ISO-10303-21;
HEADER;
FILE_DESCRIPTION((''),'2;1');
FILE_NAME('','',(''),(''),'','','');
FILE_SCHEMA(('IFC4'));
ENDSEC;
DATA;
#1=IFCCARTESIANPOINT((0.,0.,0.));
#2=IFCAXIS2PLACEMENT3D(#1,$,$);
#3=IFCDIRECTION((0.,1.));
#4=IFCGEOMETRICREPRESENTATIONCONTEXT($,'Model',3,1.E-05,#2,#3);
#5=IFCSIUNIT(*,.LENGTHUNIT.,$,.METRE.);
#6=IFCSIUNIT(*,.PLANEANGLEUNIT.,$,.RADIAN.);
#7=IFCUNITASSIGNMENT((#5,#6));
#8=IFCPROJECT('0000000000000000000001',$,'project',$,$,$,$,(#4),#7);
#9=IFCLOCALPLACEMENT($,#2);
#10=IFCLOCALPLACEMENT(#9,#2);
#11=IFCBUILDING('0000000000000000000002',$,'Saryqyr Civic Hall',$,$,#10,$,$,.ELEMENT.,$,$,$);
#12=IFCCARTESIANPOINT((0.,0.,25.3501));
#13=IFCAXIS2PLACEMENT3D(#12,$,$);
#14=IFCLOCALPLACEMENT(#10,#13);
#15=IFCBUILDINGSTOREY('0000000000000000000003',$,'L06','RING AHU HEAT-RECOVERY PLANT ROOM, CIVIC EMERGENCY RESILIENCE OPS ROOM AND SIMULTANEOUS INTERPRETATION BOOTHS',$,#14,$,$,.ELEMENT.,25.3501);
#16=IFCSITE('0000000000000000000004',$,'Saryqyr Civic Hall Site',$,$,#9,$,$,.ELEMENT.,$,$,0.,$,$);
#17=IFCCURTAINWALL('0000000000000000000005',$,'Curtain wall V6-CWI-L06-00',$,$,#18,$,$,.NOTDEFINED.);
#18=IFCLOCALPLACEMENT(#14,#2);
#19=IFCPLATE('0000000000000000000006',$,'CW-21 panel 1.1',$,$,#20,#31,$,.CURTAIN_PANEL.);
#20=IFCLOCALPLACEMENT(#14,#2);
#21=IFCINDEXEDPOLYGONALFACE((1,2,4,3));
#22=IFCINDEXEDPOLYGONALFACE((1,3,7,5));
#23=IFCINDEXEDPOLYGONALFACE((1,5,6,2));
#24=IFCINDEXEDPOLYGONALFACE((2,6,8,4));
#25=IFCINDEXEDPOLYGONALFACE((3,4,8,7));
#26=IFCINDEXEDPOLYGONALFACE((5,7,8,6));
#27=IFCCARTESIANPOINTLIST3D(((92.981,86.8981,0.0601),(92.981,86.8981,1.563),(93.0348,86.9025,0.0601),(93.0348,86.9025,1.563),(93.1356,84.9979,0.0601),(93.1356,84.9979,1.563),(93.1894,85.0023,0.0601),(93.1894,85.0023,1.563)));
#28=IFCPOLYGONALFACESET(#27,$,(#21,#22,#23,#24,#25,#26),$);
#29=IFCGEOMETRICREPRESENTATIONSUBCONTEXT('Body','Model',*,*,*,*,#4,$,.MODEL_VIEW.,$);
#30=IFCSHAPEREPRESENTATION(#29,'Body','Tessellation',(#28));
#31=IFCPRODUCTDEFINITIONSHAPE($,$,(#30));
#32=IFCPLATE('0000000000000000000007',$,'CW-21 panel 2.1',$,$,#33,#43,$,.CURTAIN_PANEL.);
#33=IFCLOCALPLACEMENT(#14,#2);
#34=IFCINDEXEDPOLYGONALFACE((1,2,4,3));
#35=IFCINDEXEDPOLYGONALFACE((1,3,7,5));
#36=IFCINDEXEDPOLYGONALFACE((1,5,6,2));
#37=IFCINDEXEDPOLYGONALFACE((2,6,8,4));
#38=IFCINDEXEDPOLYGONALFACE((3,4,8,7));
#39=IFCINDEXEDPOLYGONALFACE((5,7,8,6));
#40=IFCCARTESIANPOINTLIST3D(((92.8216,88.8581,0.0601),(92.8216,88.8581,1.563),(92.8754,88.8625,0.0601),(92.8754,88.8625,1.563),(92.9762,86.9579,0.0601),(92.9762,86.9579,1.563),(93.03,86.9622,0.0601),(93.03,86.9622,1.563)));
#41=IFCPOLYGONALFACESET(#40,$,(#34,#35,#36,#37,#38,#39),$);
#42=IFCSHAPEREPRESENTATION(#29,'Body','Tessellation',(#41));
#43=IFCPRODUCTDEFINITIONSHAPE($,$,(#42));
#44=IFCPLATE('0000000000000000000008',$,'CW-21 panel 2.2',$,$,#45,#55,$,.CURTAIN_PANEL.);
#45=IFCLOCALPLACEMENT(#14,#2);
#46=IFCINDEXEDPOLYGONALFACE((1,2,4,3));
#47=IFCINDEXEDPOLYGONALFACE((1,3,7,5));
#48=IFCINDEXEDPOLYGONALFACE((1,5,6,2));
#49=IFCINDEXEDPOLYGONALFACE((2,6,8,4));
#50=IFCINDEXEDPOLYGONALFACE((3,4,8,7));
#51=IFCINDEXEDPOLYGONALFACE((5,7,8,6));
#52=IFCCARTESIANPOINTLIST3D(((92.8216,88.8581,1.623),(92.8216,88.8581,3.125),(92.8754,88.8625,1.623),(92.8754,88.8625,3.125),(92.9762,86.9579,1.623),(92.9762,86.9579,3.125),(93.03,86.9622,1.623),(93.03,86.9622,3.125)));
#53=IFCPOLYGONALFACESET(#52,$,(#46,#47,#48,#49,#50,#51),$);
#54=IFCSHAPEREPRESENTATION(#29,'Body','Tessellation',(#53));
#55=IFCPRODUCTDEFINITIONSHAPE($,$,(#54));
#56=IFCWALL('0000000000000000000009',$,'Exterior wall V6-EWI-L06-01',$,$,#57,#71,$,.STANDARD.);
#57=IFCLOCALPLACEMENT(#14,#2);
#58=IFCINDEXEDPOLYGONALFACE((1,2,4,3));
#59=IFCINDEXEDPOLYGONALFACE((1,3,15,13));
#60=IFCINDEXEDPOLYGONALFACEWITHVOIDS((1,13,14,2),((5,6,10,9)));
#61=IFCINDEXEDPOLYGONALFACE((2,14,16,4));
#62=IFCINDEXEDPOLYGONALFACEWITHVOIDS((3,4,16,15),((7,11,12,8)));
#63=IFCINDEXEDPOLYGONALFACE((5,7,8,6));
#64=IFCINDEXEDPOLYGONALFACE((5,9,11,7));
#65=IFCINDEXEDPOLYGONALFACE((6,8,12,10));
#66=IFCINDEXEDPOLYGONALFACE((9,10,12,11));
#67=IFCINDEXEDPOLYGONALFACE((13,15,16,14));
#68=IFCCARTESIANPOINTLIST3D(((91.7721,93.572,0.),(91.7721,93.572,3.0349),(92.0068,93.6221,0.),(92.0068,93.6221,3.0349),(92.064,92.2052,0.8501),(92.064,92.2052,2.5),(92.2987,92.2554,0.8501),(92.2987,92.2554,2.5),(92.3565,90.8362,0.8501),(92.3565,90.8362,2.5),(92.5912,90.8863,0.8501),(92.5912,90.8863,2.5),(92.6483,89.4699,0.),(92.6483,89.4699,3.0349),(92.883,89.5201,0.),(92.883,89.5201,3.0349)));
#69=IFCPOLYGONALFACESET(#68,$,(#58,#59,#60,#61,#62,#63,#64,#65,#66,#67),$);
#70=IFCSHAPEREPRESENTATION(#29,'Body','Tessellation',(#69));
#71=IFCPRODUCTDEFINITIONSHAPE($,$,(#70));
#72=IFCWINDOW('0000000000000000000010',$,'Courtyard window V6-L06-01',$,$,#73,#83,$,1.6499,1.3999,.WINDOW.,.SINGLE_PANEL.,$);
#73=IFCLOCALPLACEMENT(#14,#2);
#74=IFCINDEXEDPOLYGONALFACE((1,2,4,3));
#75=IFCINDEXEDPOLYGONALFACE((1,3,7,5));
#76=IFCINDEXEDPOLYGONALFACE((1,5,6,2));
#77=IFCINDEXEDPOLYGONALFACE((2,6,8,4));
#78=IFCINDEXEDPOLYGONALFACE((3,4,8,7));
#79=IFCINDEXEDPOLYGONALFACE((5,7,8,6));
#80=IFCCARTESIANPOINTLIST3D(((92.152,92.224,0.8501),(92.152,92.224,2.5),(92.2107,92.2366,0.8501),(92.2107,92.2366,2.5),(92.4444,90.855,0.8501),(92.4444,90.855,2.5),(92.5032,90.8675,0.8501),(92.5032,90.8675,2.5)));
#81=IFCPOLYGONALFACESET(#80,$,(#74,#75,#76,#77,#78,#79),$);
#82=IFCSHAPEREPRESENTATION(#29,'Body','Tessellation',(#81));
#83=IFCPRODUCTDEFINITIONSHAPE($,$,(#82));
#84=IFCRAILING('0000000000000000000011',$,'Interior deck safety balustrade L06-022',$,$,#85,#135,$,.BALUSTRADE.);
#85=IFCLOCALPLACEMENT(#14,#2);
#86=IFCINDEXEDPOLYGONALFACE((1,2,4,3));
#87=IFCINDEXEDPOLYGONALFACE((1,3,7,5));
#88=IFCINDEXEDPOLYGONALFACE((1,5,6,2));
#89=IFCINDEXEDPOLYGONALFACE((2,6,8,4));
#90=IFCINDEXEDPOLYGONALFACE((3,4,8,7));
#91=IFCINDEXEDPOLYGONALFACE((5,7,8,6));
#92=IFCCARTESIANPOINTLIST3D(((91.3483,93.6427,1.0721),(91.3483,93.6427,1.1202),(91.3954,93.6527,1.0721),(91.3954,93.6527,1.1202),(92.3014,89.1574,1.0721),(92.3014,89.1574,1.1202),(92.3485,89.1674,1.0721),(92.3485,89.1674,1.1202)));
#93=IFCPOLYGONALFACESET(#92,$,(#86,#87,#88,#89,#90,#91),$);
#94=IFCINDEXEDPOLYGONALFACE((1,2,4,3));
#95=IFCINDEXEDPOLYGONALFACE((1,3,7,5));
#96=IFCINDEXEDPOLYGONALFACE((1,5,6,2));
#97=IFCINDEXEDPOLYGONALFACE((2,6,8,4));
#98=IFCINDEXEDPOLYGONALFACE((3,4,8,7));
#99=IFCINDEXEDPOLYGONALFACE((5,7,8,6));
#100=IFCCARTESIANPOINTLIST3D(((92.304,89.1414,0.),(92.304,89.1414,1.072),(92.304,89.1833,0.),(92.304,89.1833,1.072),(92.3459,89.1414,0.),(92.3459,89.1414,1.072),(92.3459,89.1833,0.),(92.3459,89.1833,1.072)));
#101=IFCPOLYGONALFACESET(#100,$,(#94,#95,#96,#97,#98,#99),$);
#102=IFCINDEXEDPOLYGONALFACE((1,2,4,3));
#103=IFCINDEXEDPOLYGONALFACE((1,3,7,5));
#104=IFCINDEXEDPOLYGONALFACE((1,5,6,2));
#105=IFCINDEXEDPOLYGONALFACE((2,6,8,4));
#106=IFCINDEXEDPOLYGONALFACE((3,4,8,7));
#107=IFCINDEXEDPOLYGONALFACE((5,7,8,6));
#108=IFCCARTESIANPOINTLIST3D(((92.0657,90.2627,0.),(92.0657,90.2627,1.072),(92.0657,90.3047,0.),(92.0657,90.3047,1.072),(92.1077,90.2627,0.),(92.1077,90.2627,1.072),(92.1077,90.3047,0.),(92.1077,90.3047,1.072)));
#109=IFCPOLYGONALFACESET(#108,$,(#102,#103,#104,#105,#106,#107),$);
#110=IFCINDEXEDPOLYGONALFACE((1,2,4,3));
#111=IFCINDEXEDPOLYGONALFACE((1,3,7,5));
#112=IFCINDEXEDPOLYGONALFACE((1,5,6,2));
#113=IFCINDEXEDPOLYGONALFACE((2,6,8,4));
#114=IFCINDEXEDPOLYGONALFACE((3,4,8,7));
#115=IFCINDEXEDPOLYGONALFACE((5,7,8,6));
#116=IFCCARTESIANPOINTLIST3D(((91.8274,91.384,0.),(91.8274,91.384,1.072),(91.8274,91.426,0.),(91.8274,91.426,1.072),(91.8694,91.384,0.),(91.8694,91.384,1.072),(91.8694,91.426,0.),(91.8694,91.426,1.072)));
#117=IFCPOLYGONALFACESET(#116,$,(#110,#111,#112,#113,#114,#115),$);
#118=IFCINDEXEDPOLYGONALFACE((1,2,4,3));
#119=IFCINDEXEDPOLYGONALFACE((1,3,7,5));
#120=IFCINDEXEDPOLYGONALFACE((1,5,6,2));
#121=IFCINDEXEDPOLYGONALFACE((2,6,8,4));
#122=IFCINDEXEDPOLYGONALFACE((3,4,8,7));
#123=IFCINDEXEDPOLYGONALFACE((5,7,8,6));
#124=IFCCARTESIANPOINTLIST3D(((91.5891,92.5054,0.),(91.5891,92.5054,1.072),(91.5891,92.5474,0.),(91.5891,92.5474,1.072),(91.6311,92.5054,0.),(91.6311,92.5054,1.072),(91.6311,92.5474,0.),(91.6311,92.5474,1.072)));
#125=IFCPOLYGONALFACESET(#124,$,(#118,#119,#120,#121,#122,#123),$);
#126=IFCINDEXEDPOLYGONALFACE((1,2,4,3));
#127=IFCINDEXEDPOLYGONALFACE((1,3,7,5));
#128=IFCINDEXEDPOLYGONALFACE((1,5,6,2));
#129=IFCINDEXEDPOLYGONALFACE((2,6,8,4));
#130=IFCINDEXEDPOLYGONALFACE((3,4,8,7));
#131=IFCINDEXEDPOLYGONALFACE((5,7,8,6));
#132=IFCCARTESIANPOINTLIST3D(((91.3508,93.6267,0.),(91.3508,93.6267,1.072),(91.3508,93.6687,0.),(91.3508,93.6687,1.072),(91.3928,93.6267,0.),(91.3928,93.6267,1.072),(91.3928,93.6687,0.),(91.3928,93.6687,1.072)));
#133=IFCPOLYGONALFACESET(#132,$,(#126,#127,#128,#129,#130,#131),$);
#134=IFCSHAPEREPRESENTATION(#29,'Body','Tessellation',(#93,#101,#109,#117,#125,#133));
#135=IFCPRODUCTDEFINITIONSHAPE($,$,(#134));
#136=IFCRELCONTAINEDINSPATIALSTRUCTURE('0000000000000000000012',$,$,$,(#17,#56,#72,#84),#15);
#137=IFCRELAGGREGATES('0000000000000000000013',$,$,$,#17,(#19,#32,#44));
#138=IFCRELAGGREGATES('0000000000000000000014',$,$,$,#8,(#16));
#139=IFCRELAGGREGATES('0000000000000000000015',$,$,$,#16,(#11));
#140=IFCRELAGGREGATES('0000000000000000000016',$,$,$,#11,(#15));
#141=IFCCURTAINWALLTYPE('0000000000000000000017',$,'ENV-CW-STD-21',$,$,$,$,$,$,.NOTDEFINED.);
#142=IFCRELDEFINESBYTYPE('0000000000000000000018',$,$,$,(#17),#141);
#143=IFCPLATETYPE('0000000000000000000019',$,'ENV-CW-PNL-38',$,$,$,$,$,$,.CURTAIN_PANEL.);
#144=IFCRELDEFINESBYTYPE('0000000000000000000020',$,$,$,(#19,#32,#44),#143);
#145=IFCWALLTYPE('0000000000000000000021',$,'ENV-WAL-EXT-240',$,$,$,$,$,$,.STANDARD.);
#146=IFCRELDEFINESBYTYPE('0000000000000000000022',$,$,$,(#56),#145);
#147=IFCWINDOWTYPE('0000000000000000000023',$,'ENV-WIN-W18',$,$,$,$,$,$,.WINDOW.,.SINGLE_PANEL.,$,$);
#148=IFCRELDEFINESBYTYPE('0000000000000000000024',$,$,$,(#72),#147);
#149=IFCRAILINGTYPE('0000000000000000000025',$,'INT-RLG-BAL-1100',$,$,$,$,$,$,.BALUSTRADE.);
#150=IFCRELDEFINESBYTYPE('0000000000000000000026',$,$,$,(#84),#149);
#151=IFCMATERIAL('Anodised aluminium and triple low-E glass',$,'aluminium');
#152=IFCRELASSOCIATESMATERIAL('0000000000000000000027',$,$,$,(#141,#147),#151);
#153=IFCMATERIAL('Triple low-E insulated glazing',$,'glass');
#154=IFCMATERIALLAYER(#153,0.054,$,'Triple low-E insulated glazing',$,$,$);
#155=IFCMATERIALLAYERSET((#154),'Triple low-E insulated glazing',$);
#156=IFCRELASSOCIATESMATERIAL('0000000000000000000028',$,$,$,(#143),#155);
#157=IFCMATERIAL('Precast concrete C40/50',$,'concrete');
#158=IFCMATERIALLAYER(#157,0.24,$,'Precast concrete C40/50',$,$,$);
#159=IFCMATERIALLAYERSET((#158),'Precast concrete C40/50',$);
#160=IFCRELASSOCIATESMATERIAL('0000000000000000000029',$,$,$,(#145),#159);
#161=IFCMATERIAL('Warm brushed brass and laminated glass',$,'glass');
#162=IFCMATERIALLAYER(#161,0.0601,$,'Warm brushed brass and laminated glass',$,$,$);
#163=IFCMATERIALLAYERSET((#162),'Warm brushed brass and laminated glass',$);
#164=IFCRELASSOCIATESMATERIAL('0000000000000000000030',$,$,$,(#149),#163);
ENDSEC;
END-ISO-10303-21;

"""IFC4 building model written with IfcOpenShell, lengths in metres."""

from ifc_helpers import new_model, si_unit, direction, frame, frame_2d, origin, origin_2d, place, context, subcontext, project, spatial, rectangle, extrude, material, layer, layer_set, type_object, element, fill, aggregate, save


model = new_model("IFC4")

# Units and contexts
model_context = context("Model", 3, precision=1e-05, world=origin(), true_north=direction((0.0, 1.0)))
body_context = subcontext(model_context, "Body", "Model", "MODEL_VIEW")
ifc_project = project(units=[si_unit("LENGTHUNIT", "METRE"), si_unit("PLANEANGLEUNIT", "RADIAN")], contexts=[model_context])

# Site, building, storey
site_placement = place(None, origin())
site = spatial("IfcSite", under=ifc_project, at=site_placement, Name="Saryqyr Civic Hall Site", CompositionType="ELEMENT", RefElevation=0.0)
building_placement = place(site_placement, origin())
building = spatial("IfcBuilding", under=site, at=building_placement, Name="Saryqyr Civic Hall", CompositionType="ELEMENT")
storey_placement = place(building_placement, frame((0.0, 0.0, 25.3501)))
storey = spatial("IfcBuildingStorey", under=building, at=storey_placement, Name="L06", Description="RING AHU HEAT-RECOVERY PLANT ROOM, CIVIC EMERGENCY RESILIENCE OPS ROOM AND SIMULTANEOUS INTERPRETATION BOOTHS", CompositionType="ELEMENT", Elevation=25.3501)

# Curtain wall
ifc_material_1 = material(Name="Anodised aluminium and triple low-E glass", Category="aluminium")
curtain_wall_type = type_object("IfcCurtainWallType", Name="ENV-CW-STD-21", PredefinedType="NOTDEFINED", material=ifc_material_1)
curtain_wall_1_placement = place(storey_placement, origin())
curtain_wall_1 = element("IfcCurtainWall", 1, at=curtain_wall_1_placement, inside=storey, type_object=curtain_wall_type, Name="Curtain wall V6-CWI-L06-00", PredefinedType="NOTDEFINED")

# Plates
ifc_material_2 = material(Name="Triple low-E insulated glazing", Category="glass")
ifc_layer_1 = layer(ifc_material_2, 0.054, Name="Triple low-E insulated glazing")
ifc_layer_set_1 = layer_set([ifc_layer_1], Name="Triple low-E insulated glazing")
plate_type = type_object("IfcPlateType", Name="ENV-CW-PNL-38", PredefinedType="CURTAIN_PANEL", material=ifc_layer_set_1)
plate_1_placement = place(storey_placement, frame((93.0852, 85.9502, 0.0601), z_axis=(0.0, 0.0, 1.0), x_axis=(-0.081091, 0.996707, 0.0)))
plate_1 = element("IfcPlate", 2, at=plate_1_placement, type_object=plate_type, Name="CW-21 panel 1.1", PredefinedType="CURTAIN_PANEL", context=body_context, shape_type="SweptSolid", body=[
    extrude(rectangle(XDim=1.9065, YDim=0.054, at=origin_2d()), origin(), (0.0, 0.0, 1.0), 1.5029),
])
plate_2_placement = place(storey_placement, frame((92.9258, 87.9102, 0.0601), z_axis=(0.0, 0.0, 1.0), x_axis=(-0.081091, 0.996707, 0.0)))
plate_2 = element("IfcPlate", 3, at=plate_2_placement, type_object=plate_type, Name="CW-21 panel 2.1", PredefinedType="CURTAIN_PANEL", context=body_context, shape_type="SweptSolid", body=[
    extrude(rectangle(XDim=1.9065, YDim=0.054, at=origin_2d()), origin(), (0.0, 0.0, 1.0), 1.5029),
])
plate_3_placement = place(storey_placement, frame((92.9258, 87.9102, 1.623), z_axis=(0.0, 0.0, 1.0), x_axis=(-0.081091, 0.996707, 0.0)))
plate_3 = element("IfcPlate", 4, at=plate_3_placement, type_object=plate_type, Name="CW-21 panel 2.2", PredefinedType="CURTAIN_PANEL", context=body_context, shape_type="SweptSolid", body=[
    extrude(rectangle(XDim=1.9065, YDim=0.054, at=origin_2d()), origin(), (0.0, 0.0, 1.0), 1.502),
])
aggregate(curtain_wall_1, [plate_1, plate_2, plate_3])

# Wall, opening, window
ifc_material_3 = material(Name="Precast concrete C40/50", Category="concrete")
ifc_layer_2 = layer(ifc_material_3, 0.24, Name="Precast concrete C40/50")
ifc_layer_set_2 = layer_set([ifc_layer_2], Name="Precast concrete C40/50")
wall_type = type_object("IfcWallType", Name="ENV-WAL-EXT-240", PredefinedType="STANDARD", material=ifc_layer_set_2)
wall_placement = place(storey_placement, frame((92.7656, 89.4951, 0.0), z_axis=(0.0, 0.0, 1.0), x_axis=(-0.208893, 0.977938, 0.0)))
wall = element("IfcWall", 5, at=wall_placement, inside=storey, type_object=wall_type, Name="Exterior wall V6-EWI-L06-01", PredefinedType="STANDARD", context=body_context, shape_type="SweptSolid", body=[
    extrude(rectangle(XDim=4.1946, YDim=0.24, at=frame_2d((2.0972, 0.0))), origin(), (0.0, 0.0, 1.0), 3.0349),
])
opening_placement = place(wall_placement, frame((1.397, 0.0, 0.8501)))
opening = element("IfcOpeningElement", 6, at=opening_placement, cuts=wall, PredefinedType="OPENING", context=body_context, shape_type="SweptSolid", body=[
    extrude(rectangle(XDim=1.3999, YDim=1.6499, at=frame_2d((0.7, 0.825))), frame((0.0, 0.1299, 0.0), z_axis=(0.0, -1.0, 0.0), x_axis=(1.0, 0.0, 0.0)), (0.0, 0.0, 1.0), 0.26),
])
window_type = type_object("IfcWindowType", Name="ENV-WIN-W18", PartitioningType="SINGLE_PANEL", PredefinedType="WINDOW", material=ifc_material_1)
window_placement = place(opening_placement, origin())
window = element("IfcWindow", 7, at=window_placement, inside=storey, type_object=window_type, Name="Courtyard window V6-L06-01", OverallHeight=1.6499, OverallWidth=1.3999, PartitioningType="SINGLE_PANEL", PredefinedType="WINDOW", context=body_context, shape_type="SweptSolid", body=[
    extrude(rectangle(XDim=1.3999, YDim=1.6499, at=frame_2d((0.7, 0.825))), frame((0.0, 0.03, 0.0), z_axis=(0.0, -1.0, 0.0), x_axis=(1.0, 0.0, 0.0)), (0.0, 0.0, 1.0), 0.0601),
])
fill(opening, window)

# Railing
ifc_material_4 = material(Name="Warm brushed brass and laminated glass", Category="glass")
ifc_layer_3 = layer(ifc_material_4, 0.0601, Name="Warm brushed brass and laminated glass")
ifc_layer_set_3 = layer_set([ifc_layer_3], Name="Warm brushed brass and laminated glass")
railing_type = type_object("IfcRailingType", Name="INT-RLG-BAL-1100", PredefinedType="BALUSTRADE", material=ifc_layer_set_3)
railing_placement = place(storey_placement, frame((92.325, 89.1624, 0.0)))
element("IfcRailing", 8, at=railing_placement, inside=storey, type_object=railing_type, Name="Interior deck safety balustrade L06-022", PredefinedType="BALUSTRADE", context=body_context, shape_type="SweptSolid", body=[
    extrude(rectangle(XDim=0.0481, YDim=0.0481, at=origin_2d()), frame((0.0, 0.0, 1.0962), z_axis=(-0.207856, 0.978159, 0.0), x_axis=(-0.978159, -0.207856, 0.0)), (0.0, 0.0, 1.0), 4.5854),
    extrude(rectangle(XDim=0.042, YDim=0.042, at=origin_2d()), origin(), (0.0, 0.0, 1.0), 1.072),
    extrude(rectangle(XDim=0.042, YDim=0.042, at=origin_2d()), frame((-0.2383, 1.1213, 0.0)), (0.0, 0.0, 1.0), 1.072),
    extrude(rectangle(XDim=0.042, YDim=0.042, at=origin_2d()), frame((-0.4766, 2.2427, 0.0)), (0.0, 0.0, 1.0), 1.072),
    extrude(rectangle(XDim=0.042, YDim=0.042, at=origin_2d()), frame((-0.7148, 3.364, 0.0)), (0.0, 0.0, 1.0), 1.072),
    extrude(rectangle(XDim=0.042, YDim=0.042, at=origin_2d()), frame((-0.9531, 4.4854, 0.0)), (0.0, 0.0, 1.0), 1.072),
])

save(model, "model.ifc")
